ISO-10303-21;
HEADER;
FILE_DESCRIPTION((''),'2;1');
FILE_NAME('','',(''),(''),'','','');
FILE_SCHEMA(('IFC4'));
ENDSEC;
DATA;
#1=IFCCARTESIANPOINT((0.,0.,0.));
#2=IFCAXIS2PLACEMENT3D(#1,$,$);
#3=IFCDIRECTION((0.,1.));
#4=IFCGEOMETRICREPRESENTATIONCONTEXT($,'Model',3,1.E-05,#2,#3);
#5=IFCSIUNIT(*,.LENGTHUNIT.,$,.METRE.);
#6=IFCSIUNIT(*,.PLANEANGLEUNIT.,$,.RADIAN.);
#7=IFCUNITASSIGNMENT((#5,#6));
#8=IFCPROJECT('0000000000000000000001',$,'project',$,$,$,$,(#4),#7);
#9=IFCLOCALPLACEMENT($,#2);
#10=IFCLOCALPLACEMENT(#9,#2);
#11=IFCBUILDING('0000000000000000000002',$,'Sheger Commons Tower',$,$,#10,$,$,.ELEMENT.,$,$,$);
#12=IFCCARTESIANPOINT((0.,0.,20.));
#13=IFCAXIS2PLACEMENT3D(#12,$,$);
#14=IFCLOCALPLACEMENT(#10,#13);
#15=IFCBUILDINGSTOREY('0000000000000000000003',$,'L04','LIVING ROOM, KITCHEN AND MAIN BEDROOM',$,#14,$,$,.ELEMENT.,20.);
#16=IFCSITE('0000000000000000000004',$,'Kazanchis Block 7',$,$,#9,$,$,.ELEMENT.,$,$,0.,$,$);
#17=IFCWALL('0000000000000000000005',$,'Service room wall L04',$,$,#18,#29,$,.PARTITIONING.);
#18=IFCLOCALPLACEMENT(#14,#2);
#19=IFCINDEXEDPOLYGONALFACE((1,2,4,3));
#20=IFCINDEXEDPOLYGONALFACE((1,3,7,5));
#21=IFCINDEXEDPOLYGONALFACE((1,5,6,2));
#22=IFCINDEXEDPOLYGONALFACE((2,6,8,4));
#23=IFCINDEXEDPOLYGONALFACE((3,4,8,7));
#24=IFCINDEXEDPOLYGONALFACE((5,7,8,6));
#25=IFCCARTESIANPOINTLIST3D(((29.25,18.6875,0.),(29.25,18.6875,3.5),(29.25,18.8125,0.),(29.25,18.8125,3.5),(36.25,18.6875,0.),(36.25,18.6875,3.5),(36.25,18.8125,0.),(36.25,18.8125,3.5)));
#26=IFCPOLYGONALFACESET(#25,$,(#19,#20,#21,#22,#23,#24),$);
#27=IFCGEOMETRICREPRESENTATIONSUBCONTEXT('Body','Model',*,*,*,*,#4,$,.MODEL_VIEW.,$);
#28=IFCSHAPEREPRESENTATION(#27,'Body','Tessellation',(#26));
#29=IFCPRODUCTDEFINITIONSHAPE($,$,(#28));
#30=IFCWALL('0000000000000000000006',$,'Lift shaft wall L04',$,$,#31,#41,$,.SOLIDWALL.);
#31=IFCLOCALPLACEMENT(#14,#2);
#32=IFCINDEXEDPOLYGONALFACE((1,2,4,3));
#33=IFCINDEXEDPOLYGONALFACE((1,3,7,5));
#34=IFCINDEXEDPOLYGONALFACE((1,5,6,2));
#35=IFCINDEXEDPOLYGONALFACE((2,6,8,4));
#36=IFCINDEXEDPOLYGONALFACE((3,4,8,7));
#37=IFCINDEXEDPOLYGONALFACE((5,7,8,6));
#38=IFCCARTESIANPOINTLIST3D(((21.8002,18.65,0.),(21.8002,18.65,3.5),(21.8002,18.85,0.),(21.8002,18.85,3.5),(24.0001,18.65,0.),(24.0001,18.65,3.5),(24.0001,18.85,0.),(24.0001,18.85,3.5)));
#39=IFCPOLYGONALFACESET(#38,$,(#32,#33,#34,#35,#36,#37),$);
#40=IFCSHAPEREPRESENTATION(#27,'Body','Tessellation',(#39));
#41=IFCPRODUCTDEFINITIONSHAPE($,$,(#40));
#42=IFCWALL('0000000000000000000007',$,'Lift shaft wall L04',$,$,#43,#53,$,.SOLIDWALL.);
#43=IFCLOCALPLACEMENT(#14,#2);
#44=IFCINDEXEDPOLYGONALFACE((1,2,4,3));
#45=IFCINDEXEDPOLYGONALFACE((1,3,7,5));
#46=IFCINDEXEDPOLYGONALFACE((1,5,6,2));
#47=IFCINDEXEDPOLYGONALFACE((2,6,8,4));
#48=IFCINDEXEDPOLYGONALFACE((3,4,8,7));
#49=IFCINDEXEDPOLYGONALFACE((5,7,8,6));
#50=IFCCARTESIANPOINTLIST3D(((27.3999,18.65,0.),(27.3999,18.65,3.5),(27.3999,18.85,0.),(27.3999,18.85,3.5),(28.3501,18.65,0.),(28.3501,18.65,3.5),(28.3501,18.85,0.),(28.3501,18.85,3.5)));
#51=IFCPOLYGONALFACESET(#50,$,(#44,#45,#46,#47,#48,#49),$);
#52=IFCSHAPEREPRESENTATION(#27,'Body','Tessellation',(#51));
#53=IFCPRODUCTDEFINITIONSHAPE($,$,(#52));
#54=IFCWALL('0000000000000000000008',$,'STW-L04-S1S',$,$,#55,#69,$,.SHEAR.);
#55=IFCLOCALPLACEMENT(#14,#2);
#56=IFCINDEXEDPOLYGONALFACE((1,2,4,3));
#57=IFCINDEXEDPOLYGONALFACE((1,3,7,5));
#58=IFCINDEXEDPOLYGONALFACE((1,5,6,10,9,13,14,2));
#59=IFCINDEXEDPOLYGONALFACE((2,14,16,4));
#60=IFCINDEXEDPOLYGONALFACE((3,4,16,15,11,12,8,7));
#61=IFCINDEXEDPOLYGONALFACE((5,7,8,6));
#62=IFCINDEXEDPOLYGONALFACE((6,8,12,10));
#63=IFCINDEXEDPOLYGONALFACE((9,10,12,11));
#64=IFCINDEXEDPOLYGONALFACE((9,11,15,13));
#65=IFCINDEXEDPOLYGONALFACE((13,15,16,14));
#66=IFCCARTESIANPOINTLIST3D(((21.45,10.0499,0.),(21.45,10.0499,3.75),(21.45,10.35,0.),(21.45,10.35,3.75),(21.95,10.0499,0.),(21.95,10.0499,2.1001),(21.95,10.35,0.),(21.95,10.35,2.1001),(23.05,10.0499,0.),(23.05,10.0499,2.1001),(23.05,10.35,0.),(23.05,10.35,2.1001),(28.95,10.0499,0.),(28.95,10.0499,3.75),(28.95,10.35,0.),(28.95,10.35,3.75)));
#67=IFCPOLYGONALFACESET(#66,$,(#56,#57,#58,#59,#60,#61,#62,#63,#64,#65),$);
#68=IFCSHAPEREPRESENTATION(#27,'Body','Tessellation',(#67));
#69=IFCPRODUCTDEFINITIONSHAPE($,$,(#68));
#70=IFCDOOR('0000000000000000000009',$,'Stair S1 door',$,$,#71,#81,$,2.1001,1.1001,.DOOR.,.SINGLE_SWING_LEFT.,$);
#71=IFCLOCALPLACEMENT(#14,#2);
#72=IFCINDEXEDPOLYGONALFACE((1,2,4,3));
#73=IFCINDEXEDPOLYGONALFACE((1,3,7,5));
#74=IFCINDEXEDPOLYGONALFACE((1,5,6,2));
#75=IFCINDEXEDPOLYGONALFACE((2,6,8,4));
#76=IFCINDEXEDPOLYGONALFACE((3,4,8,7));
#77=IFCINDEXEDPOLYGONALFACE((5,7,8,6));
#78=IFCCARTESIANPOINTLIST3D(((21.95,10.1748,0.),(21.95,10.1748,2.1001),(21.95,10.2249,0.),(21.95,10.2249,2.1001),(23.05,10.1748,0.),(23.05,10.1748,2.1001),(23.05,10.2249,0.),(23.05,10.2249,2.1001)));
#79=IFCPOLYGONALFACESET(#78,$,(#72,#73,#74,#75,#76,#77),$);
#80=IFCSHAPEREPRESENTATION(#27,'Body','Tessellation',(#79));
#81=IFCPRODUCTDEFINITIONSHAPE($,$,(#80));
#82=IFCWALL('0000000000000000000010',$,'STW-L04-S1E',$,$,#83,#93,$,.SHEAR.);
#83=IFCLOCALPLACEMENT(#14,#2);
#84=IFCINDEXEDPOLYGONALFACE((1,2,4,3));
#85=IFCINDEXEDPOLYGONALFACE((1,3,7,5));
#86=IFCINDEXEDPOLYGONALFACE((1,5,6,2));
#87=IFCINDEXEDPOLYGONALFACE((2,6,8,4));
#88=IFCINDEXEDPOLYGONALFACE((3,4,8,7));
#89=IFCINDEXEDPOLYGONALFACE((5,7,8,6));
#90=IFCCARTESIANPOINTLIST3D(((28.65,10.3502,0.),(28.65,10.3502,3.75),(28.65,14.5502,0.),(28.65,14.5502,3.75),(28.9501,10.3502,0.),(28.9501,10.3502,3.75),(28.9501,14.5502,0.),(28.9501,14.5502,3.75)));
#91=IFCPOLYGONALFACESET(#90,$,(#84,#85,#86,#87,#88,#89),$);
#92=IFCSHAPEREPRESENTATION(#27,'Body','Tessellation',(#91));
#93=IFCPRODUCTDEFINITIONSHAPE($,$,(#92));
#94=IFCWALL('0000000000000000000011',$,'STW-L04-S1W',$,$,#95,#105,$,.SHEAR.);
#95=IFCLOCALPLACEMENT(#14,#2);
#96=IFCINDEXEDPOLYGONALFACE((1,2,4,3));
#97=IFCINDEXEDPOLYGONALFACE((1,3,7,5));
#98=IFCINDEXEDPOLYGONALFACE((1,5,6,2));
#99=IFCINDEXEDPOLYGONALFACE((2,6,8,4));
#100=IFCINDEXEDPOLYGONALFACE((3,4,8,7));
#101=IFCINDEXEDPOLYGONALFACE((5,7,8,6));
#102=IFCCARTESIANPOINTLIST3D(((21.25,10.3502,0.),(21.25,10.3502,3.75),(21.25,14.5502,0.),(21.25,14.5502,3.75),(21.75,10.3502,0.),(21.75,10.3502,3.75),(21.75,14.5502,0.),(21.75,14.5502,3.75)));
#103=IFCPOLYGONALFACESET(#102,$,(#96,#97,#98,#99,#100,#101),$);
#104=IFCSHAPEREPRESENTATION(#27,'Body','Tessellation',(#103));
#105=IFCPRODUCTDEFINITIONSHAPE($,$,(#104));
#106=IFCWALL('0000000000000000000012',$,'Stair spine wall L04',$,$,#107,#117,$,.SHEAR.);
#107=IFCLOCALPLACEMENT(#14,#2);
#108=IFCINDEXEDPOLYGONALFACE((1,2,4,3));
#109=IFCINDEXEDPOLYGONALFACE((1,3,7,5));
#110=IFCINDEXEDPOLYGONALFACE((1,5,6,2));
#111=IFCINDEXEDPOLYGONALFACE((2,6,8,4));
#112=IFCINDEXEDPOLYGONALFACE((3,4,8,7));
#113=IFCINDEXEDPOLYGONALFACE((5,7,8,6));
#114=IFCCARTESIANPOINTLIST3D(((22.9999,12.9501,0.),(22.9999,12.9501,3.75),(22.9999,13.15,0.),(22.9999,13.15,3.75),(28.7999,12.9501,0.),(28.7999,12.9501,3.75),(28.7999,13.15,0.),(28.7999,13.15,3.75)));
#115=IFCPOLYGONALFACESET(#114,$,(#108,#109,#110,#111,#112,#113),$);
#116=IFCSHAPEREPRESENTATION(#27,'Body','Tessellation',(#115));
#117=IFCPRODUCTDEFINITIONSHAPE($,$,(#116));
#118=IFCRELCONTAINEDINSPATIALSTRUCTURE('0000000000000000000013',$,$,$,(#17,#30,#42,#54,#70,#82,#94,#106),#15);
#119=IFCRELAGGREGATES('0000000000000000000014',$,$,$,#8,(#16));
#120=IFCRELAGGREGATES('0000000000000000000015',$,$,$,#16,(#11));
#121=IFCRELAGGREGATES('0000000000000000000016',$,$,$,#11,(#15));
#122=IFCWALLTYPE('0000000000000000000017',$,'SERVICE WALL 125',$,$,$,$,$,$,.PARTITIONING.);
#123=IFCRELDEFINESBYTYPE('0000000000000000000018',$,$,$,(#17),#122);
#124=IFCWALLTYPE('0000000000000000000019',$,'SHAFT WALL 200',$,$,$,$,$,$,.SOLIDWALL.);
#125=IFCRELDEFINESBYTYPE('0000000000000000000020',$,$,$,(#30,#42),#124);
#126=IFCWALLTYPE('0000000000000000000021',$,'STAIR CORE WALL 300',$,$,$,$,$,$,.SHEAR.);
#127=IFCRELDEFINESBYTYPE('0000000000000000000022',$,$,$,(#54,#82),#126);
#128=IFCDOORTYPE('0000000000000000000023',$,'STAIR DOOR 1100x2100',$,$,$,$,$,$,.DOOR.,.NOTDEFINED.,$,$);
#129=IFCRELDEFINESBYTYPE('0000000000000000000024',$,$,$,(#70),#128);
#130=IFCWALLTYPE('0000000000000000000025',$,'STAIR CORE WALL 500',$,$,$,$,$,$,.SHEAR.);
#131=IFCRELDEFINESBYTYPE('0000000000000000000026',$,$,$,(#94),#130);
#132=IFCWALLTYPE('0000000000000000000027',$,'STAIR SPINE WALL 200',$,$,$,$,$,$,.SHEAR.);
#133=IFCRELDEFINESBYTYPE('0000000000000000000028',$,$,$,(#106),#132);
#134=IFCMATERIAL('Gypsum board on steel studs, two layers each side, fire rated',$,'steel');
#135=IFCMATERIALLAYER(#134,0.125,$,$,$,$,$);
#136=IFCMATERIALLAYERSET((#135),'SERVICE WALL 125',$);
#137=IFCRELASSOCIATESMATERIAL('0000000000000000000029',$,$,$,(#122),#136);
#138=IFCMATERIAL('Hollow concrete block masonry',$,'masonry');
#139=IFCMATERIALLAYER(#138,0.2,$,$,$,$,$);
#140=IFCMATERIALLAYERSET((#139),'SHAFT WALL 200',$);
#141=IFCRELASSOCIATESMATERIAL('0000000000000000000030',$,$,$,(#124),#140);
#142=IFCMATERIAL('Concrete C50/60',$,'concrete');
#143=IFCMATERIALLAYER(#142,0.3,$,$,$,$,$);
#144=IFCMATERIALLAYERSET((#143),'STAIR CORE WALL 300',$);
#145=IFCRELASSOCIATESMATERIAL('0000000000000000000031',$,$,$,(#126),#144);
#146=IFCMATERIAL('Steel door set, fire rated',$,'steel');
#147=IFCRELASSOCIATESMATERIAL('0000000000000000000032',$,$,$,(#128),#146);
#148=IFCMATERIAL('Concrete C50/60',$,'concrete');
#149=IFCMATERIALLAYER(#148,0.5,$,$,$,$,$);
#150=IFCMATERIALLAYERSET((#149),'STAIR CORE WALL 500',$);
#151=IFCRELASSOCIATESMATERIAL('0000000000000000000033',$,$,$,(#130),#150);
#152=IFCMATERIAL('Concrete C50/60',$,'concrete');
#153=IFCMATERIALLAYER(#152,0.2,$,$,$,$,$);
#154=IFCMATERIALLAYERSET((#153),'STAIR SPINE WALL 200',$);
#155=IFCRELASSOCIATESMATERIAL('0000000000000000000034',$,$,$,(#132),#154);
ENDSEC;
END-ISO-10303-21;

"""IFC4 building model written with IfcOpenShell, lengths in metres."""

from ifc_helpers import new_model, si_unit, direction, frame, frame_2d, origin, place, context, subcontext, project, spatial, rectangle, extrude, material, layer, layer_set, type_object, element, fill, save


model = new_model("IFC4")

# Units and contexts
model_context = context("Model", 3, precision=1e-05, world=origin(), true_north=direction((0.0, 1.0)))
body_context = subcontext(model_context, "Body", "Model", "MODEL_VIEW")
ifc_project = project(units=[si_unit("LENGTHUNIT", "METRE"), si_unit("PLANEANGLEUNIT", "RADIAN")], contexts=[model_context])

# Site, building, storey
site_placement = place(None, origin())
site = spatial("IfcSite", under=ifc_project, at=site_placement, Name="Kazanchis Block 7", CompositionType="ELEMENT", RefElevation=0.0)
building_placement = place(site_placement, origin())
building = spatial("IfcBuilding", under=site, at=building_placement, Name="Sheger Commons Tower", CompositionType="ELEMENT")
storey_placement = place(building_placement, frame((0.0, 0.0, 20.0)))
storey = spatial("IfcBuildingStorey", under=building, at=storey_placement, Name="L04", Description="LIVING ROOM, KITCHEN AND MAIN BEDROOM", CompositionType="ELEMENT", Elevation=20.0)

# Walls
ifc_material_1 = material(Name="Gypsum board on steel studs, two layers each side, fire rated", Category="steel")
ifc_layer_1 = layer(ifc_material_1, 0.125)
ifc_layer_set_1 = layer_set([ifc_layer_1], Name="SERVICE WALL 125")
wall_type_1 = type_object("IfcWallType", Name="SERVICE WALL 125", PredefinedType="PARTITIONING", material=ifc_layer_set_1)
wall_1_placement = place(storey_placement, frame((29.25, 18.75, 0.0), z_axis=(0.0, 0.0, 1.0), x_axis=(1.0, 0.0, 0.0)))
element("IfcWall", 1, at=wall_1_placement, inside=storey, type_object=wall_type_1, Name="Service room wall L04", PredefinedType="PARTITIONING", context=body_context, shape_type="SweptSolid", body=[
    extrude(rectangle(XDim=7.0, YDim=0.125, at=frame_2d((3.5, 0.0))), origin(), (0.0, 0.0, 1.0), 3.5),
])
ifc_material_2 = material(Name="Hollow concrete block masonry", Category="masonry")
ifc_layer_2 = layer(ifc_material_2, 0.2)
ifc_layer_set_2 = layer_set([ifc_layer_2], Name="SHAFT WALL 200")
wall_type_2 = type_object("IfcWallType", Name="SHAFT WALL 200", PredefinedType="SOLIDWALL", material=ifc_layer_set_2)
wall_2_placement = place(storey_placement, frame((21.8, 18.75, 0.0), z_axis=(0.0, 0.0, 1.0), x_axis=(1.0, 0.0, 0.0)))
element("IfcWall", 2, at=wall_2_placement, inside=storey, type_object=wall_type_2, Name="Lift shaft wall L04", PredefinedType="SOLIDWALL", context=body_context, shape_type="SweptSolid", body=[
    extrude(rectangle(XDim=2.2, YDim=0.2, at=frame_2d((1.1001, 0.0))), origin(), (0.0, 0.0, 1.0), 3.5),
])
wall_3_placement = place(storey_placement, frame((27.3999, 18.75, 0.0), z_axis=(0.0, 0.0, 1.0), x_axis=(1.0, 0.0, 0.0)))
element("IfcWall", 3, at=wall_3_placement, inside=storey, type_object=wall_type_2, Name="Lift shaft wall L04", PredefinedType="SOLIDWALL", context=body_context, shape_type="SweptSolid", body=[
    extrude(rectangle(XDim=0.9502, YDim=0.2, at=frame_2d((0.4751, 0.0))), origin(), (0.0, 0.0, 1.0), 3.5),
])

# Wall, opening, door
ifc_material_3 = material(Name="Concrete C50/60", Category="concrete")
ifc_layer_3 = layer(ifc_material_3, 0.3)
ifc_layer_set_3 = layer_set([ifc_layer_3], Name="STAIR CORE WALL 300")
wall_type_3 = type_object("IfcWallType", Name="STAIR CORE WALL 300", PredefinedType="SHEAR", material=ifc_layer_set_3)
wall_4_placement = place(storey_placement, frame((21.45, 10.2, 0.0), z_axis=(0.0, 0.0, 1.0), x_axis=(1.0, 0.0, 0.0)))
wall_4 = element("IfcWall", 4, at=wall_4_placement, inside=storey, type_object=wall_type_3, Name="STW-L04-S1S", PredefinedType="SHEAR", context=body_context, shape_type="SweptSolid", body=[
    extrude(rectangle(XDim=7.5, YDim=0.3, at=frame_2d((3.75, 0.0))), origin(), (0.0, 0.0, 1.0), 3.75),
])
opening_1_placement = place(wall_4_placement, frame((0.5, 0.0, 0.0)))
opening_1 = element("IfcOpeningElement", 5, at=opening_1_placement, cuts=wall_4, PredefinedType="OPENING", context=body_context, shape_type="SweptSolid", body=[
    extrude(rectangle(XDim=1.1001, YDim=2.1001, at=frame_2d((0.55, 1.05))), frame((0.0, 0.1599, 0.0), z_axis=(0.0, -1.0, 0.0), x_axis=(1.0, 0.0, 0.0)), (0.0, 0.0, 1.0), 0.3201),
])
ifc_material_4 = material(Name="Steel door set, fire rated", Category="steel")
door_type_1 = type_object("IfcDoorType", Name="STAIR DOOR 1100x2100", OperationType="NOTDEFINED", PredefinedType="DOOR", material=ifc_material_4)
door_1_placement = place(opening_1_placement, origin())
door_1 = element("IfcDoor", 6, at=door_1_placement, inside=storey, type_object=door_type_1, Name="Stair S1 door", OperationType="SINGLE_SWING_LEFT", OverallHeight=2.1001, OverallWidth=1.1001, PredefinedType="DOOR", context=body_context, shape_type="SweptSolid", body=[
    extrude(rectangle(XDim=1.1001, YDim=2.1001, at=frame_2d((0.55, 1.05))), frame((0.0, 0.0249, 0.0), z_axis=(0.0, -1.0, 0.0), x_axis=(1.0, 0.0, 0.0)), (0.0, 0.0, 1.0), 0.05),
])
fill(opening_1, door_1)

# Walls
wall_5_placement = place(storey_placement, frame((28.8, 10.3501, 0.0), z_axis=(0.0, 0.0, 1.0), x_axis=(0.0, 1.0, 0.0)))
element("IfcWall", 7, at=wall_5_placement, inside=storey, type_object=wall_type_3, Name="STW-L04-S1E", PredefinedType="SHEAR", context=body_context, shape_type="SweptSolid", body=[
    extrude(rectangle(XDim=4.2, YDim=0.3, at=frame_2d((2.1001, 0.0))), origin(), (0.0, 0.0, 1.0), 3.75),
])
ifc_material_5 = material(Name="Concrete C50/60", Category="concrete")
ifc_layer_4 = layer(ifc_material_5, 0.5)
ifc_layer_set_4 = layer_set([ifc_layer_4], Name="STAIR CORE WALL 500")
wall_type_4 = type_object("IfcWallType", Name="STAIR CORE WALL 500", PredefinedType="SHEAR", material=ifc_layer_set_4)
wall_6_placement = place(storey_placement, frame((21.5, 10.3501, 0.0), z_axis=(0.0, 0.0, 1.0), x_axis=(0.0, 1.0, 0.0)))
element("IfcWall", 8, at=wall_6_placement, inside=storey, type_object=wall_type_4, Name="STW-L04-S1W", PredefinedType="SHEAR", context=body_context, shape_type="SweptSolid", body=[
    extrude(rectangle(XDim=4.2, YDim=0.5, at=frame_2d((2.1001, 0.0))), origin(), (0.0, 0.0, 1.0), 3.75),
])
ifc_material_6 = material(Name="Concrete C50/60", Category="concrete")
ifc_layer_5 = layer(ifc_material_6, 0.2)
ifc_layer_set_5 = layer_set([ifc_layer_5], Name="STAIR SPINE WALL 200")
wall_type_5 = type_object("IfcWallType", Name="STAIR SPINE WALL 200", PredefinedType="SHEAR", material=ifc_layer_set_5)
wall_7_placement = place(storey_placement, frame((23.0, 13.05, 0.0), z_axis=(0.0, 0.0, 1.0), x_axis=(1.0, 0.0, 0.0)))
element("IfcWall", 9, at=wall_7_placement, inside=storey, type_object=wall_type_5, Name="Stair spine wall L04", PredefinedType="SHEAR", context=body_context, shape_type="SweptSolid", body=[
    extrude(rectangle(XDim=5.8, YDim=0.2, at=frame_2d((2.8999, 0.0))), origin(), (0.0, 0.0, 1.0), 3.75),
])

save(model, "model.ifc")
